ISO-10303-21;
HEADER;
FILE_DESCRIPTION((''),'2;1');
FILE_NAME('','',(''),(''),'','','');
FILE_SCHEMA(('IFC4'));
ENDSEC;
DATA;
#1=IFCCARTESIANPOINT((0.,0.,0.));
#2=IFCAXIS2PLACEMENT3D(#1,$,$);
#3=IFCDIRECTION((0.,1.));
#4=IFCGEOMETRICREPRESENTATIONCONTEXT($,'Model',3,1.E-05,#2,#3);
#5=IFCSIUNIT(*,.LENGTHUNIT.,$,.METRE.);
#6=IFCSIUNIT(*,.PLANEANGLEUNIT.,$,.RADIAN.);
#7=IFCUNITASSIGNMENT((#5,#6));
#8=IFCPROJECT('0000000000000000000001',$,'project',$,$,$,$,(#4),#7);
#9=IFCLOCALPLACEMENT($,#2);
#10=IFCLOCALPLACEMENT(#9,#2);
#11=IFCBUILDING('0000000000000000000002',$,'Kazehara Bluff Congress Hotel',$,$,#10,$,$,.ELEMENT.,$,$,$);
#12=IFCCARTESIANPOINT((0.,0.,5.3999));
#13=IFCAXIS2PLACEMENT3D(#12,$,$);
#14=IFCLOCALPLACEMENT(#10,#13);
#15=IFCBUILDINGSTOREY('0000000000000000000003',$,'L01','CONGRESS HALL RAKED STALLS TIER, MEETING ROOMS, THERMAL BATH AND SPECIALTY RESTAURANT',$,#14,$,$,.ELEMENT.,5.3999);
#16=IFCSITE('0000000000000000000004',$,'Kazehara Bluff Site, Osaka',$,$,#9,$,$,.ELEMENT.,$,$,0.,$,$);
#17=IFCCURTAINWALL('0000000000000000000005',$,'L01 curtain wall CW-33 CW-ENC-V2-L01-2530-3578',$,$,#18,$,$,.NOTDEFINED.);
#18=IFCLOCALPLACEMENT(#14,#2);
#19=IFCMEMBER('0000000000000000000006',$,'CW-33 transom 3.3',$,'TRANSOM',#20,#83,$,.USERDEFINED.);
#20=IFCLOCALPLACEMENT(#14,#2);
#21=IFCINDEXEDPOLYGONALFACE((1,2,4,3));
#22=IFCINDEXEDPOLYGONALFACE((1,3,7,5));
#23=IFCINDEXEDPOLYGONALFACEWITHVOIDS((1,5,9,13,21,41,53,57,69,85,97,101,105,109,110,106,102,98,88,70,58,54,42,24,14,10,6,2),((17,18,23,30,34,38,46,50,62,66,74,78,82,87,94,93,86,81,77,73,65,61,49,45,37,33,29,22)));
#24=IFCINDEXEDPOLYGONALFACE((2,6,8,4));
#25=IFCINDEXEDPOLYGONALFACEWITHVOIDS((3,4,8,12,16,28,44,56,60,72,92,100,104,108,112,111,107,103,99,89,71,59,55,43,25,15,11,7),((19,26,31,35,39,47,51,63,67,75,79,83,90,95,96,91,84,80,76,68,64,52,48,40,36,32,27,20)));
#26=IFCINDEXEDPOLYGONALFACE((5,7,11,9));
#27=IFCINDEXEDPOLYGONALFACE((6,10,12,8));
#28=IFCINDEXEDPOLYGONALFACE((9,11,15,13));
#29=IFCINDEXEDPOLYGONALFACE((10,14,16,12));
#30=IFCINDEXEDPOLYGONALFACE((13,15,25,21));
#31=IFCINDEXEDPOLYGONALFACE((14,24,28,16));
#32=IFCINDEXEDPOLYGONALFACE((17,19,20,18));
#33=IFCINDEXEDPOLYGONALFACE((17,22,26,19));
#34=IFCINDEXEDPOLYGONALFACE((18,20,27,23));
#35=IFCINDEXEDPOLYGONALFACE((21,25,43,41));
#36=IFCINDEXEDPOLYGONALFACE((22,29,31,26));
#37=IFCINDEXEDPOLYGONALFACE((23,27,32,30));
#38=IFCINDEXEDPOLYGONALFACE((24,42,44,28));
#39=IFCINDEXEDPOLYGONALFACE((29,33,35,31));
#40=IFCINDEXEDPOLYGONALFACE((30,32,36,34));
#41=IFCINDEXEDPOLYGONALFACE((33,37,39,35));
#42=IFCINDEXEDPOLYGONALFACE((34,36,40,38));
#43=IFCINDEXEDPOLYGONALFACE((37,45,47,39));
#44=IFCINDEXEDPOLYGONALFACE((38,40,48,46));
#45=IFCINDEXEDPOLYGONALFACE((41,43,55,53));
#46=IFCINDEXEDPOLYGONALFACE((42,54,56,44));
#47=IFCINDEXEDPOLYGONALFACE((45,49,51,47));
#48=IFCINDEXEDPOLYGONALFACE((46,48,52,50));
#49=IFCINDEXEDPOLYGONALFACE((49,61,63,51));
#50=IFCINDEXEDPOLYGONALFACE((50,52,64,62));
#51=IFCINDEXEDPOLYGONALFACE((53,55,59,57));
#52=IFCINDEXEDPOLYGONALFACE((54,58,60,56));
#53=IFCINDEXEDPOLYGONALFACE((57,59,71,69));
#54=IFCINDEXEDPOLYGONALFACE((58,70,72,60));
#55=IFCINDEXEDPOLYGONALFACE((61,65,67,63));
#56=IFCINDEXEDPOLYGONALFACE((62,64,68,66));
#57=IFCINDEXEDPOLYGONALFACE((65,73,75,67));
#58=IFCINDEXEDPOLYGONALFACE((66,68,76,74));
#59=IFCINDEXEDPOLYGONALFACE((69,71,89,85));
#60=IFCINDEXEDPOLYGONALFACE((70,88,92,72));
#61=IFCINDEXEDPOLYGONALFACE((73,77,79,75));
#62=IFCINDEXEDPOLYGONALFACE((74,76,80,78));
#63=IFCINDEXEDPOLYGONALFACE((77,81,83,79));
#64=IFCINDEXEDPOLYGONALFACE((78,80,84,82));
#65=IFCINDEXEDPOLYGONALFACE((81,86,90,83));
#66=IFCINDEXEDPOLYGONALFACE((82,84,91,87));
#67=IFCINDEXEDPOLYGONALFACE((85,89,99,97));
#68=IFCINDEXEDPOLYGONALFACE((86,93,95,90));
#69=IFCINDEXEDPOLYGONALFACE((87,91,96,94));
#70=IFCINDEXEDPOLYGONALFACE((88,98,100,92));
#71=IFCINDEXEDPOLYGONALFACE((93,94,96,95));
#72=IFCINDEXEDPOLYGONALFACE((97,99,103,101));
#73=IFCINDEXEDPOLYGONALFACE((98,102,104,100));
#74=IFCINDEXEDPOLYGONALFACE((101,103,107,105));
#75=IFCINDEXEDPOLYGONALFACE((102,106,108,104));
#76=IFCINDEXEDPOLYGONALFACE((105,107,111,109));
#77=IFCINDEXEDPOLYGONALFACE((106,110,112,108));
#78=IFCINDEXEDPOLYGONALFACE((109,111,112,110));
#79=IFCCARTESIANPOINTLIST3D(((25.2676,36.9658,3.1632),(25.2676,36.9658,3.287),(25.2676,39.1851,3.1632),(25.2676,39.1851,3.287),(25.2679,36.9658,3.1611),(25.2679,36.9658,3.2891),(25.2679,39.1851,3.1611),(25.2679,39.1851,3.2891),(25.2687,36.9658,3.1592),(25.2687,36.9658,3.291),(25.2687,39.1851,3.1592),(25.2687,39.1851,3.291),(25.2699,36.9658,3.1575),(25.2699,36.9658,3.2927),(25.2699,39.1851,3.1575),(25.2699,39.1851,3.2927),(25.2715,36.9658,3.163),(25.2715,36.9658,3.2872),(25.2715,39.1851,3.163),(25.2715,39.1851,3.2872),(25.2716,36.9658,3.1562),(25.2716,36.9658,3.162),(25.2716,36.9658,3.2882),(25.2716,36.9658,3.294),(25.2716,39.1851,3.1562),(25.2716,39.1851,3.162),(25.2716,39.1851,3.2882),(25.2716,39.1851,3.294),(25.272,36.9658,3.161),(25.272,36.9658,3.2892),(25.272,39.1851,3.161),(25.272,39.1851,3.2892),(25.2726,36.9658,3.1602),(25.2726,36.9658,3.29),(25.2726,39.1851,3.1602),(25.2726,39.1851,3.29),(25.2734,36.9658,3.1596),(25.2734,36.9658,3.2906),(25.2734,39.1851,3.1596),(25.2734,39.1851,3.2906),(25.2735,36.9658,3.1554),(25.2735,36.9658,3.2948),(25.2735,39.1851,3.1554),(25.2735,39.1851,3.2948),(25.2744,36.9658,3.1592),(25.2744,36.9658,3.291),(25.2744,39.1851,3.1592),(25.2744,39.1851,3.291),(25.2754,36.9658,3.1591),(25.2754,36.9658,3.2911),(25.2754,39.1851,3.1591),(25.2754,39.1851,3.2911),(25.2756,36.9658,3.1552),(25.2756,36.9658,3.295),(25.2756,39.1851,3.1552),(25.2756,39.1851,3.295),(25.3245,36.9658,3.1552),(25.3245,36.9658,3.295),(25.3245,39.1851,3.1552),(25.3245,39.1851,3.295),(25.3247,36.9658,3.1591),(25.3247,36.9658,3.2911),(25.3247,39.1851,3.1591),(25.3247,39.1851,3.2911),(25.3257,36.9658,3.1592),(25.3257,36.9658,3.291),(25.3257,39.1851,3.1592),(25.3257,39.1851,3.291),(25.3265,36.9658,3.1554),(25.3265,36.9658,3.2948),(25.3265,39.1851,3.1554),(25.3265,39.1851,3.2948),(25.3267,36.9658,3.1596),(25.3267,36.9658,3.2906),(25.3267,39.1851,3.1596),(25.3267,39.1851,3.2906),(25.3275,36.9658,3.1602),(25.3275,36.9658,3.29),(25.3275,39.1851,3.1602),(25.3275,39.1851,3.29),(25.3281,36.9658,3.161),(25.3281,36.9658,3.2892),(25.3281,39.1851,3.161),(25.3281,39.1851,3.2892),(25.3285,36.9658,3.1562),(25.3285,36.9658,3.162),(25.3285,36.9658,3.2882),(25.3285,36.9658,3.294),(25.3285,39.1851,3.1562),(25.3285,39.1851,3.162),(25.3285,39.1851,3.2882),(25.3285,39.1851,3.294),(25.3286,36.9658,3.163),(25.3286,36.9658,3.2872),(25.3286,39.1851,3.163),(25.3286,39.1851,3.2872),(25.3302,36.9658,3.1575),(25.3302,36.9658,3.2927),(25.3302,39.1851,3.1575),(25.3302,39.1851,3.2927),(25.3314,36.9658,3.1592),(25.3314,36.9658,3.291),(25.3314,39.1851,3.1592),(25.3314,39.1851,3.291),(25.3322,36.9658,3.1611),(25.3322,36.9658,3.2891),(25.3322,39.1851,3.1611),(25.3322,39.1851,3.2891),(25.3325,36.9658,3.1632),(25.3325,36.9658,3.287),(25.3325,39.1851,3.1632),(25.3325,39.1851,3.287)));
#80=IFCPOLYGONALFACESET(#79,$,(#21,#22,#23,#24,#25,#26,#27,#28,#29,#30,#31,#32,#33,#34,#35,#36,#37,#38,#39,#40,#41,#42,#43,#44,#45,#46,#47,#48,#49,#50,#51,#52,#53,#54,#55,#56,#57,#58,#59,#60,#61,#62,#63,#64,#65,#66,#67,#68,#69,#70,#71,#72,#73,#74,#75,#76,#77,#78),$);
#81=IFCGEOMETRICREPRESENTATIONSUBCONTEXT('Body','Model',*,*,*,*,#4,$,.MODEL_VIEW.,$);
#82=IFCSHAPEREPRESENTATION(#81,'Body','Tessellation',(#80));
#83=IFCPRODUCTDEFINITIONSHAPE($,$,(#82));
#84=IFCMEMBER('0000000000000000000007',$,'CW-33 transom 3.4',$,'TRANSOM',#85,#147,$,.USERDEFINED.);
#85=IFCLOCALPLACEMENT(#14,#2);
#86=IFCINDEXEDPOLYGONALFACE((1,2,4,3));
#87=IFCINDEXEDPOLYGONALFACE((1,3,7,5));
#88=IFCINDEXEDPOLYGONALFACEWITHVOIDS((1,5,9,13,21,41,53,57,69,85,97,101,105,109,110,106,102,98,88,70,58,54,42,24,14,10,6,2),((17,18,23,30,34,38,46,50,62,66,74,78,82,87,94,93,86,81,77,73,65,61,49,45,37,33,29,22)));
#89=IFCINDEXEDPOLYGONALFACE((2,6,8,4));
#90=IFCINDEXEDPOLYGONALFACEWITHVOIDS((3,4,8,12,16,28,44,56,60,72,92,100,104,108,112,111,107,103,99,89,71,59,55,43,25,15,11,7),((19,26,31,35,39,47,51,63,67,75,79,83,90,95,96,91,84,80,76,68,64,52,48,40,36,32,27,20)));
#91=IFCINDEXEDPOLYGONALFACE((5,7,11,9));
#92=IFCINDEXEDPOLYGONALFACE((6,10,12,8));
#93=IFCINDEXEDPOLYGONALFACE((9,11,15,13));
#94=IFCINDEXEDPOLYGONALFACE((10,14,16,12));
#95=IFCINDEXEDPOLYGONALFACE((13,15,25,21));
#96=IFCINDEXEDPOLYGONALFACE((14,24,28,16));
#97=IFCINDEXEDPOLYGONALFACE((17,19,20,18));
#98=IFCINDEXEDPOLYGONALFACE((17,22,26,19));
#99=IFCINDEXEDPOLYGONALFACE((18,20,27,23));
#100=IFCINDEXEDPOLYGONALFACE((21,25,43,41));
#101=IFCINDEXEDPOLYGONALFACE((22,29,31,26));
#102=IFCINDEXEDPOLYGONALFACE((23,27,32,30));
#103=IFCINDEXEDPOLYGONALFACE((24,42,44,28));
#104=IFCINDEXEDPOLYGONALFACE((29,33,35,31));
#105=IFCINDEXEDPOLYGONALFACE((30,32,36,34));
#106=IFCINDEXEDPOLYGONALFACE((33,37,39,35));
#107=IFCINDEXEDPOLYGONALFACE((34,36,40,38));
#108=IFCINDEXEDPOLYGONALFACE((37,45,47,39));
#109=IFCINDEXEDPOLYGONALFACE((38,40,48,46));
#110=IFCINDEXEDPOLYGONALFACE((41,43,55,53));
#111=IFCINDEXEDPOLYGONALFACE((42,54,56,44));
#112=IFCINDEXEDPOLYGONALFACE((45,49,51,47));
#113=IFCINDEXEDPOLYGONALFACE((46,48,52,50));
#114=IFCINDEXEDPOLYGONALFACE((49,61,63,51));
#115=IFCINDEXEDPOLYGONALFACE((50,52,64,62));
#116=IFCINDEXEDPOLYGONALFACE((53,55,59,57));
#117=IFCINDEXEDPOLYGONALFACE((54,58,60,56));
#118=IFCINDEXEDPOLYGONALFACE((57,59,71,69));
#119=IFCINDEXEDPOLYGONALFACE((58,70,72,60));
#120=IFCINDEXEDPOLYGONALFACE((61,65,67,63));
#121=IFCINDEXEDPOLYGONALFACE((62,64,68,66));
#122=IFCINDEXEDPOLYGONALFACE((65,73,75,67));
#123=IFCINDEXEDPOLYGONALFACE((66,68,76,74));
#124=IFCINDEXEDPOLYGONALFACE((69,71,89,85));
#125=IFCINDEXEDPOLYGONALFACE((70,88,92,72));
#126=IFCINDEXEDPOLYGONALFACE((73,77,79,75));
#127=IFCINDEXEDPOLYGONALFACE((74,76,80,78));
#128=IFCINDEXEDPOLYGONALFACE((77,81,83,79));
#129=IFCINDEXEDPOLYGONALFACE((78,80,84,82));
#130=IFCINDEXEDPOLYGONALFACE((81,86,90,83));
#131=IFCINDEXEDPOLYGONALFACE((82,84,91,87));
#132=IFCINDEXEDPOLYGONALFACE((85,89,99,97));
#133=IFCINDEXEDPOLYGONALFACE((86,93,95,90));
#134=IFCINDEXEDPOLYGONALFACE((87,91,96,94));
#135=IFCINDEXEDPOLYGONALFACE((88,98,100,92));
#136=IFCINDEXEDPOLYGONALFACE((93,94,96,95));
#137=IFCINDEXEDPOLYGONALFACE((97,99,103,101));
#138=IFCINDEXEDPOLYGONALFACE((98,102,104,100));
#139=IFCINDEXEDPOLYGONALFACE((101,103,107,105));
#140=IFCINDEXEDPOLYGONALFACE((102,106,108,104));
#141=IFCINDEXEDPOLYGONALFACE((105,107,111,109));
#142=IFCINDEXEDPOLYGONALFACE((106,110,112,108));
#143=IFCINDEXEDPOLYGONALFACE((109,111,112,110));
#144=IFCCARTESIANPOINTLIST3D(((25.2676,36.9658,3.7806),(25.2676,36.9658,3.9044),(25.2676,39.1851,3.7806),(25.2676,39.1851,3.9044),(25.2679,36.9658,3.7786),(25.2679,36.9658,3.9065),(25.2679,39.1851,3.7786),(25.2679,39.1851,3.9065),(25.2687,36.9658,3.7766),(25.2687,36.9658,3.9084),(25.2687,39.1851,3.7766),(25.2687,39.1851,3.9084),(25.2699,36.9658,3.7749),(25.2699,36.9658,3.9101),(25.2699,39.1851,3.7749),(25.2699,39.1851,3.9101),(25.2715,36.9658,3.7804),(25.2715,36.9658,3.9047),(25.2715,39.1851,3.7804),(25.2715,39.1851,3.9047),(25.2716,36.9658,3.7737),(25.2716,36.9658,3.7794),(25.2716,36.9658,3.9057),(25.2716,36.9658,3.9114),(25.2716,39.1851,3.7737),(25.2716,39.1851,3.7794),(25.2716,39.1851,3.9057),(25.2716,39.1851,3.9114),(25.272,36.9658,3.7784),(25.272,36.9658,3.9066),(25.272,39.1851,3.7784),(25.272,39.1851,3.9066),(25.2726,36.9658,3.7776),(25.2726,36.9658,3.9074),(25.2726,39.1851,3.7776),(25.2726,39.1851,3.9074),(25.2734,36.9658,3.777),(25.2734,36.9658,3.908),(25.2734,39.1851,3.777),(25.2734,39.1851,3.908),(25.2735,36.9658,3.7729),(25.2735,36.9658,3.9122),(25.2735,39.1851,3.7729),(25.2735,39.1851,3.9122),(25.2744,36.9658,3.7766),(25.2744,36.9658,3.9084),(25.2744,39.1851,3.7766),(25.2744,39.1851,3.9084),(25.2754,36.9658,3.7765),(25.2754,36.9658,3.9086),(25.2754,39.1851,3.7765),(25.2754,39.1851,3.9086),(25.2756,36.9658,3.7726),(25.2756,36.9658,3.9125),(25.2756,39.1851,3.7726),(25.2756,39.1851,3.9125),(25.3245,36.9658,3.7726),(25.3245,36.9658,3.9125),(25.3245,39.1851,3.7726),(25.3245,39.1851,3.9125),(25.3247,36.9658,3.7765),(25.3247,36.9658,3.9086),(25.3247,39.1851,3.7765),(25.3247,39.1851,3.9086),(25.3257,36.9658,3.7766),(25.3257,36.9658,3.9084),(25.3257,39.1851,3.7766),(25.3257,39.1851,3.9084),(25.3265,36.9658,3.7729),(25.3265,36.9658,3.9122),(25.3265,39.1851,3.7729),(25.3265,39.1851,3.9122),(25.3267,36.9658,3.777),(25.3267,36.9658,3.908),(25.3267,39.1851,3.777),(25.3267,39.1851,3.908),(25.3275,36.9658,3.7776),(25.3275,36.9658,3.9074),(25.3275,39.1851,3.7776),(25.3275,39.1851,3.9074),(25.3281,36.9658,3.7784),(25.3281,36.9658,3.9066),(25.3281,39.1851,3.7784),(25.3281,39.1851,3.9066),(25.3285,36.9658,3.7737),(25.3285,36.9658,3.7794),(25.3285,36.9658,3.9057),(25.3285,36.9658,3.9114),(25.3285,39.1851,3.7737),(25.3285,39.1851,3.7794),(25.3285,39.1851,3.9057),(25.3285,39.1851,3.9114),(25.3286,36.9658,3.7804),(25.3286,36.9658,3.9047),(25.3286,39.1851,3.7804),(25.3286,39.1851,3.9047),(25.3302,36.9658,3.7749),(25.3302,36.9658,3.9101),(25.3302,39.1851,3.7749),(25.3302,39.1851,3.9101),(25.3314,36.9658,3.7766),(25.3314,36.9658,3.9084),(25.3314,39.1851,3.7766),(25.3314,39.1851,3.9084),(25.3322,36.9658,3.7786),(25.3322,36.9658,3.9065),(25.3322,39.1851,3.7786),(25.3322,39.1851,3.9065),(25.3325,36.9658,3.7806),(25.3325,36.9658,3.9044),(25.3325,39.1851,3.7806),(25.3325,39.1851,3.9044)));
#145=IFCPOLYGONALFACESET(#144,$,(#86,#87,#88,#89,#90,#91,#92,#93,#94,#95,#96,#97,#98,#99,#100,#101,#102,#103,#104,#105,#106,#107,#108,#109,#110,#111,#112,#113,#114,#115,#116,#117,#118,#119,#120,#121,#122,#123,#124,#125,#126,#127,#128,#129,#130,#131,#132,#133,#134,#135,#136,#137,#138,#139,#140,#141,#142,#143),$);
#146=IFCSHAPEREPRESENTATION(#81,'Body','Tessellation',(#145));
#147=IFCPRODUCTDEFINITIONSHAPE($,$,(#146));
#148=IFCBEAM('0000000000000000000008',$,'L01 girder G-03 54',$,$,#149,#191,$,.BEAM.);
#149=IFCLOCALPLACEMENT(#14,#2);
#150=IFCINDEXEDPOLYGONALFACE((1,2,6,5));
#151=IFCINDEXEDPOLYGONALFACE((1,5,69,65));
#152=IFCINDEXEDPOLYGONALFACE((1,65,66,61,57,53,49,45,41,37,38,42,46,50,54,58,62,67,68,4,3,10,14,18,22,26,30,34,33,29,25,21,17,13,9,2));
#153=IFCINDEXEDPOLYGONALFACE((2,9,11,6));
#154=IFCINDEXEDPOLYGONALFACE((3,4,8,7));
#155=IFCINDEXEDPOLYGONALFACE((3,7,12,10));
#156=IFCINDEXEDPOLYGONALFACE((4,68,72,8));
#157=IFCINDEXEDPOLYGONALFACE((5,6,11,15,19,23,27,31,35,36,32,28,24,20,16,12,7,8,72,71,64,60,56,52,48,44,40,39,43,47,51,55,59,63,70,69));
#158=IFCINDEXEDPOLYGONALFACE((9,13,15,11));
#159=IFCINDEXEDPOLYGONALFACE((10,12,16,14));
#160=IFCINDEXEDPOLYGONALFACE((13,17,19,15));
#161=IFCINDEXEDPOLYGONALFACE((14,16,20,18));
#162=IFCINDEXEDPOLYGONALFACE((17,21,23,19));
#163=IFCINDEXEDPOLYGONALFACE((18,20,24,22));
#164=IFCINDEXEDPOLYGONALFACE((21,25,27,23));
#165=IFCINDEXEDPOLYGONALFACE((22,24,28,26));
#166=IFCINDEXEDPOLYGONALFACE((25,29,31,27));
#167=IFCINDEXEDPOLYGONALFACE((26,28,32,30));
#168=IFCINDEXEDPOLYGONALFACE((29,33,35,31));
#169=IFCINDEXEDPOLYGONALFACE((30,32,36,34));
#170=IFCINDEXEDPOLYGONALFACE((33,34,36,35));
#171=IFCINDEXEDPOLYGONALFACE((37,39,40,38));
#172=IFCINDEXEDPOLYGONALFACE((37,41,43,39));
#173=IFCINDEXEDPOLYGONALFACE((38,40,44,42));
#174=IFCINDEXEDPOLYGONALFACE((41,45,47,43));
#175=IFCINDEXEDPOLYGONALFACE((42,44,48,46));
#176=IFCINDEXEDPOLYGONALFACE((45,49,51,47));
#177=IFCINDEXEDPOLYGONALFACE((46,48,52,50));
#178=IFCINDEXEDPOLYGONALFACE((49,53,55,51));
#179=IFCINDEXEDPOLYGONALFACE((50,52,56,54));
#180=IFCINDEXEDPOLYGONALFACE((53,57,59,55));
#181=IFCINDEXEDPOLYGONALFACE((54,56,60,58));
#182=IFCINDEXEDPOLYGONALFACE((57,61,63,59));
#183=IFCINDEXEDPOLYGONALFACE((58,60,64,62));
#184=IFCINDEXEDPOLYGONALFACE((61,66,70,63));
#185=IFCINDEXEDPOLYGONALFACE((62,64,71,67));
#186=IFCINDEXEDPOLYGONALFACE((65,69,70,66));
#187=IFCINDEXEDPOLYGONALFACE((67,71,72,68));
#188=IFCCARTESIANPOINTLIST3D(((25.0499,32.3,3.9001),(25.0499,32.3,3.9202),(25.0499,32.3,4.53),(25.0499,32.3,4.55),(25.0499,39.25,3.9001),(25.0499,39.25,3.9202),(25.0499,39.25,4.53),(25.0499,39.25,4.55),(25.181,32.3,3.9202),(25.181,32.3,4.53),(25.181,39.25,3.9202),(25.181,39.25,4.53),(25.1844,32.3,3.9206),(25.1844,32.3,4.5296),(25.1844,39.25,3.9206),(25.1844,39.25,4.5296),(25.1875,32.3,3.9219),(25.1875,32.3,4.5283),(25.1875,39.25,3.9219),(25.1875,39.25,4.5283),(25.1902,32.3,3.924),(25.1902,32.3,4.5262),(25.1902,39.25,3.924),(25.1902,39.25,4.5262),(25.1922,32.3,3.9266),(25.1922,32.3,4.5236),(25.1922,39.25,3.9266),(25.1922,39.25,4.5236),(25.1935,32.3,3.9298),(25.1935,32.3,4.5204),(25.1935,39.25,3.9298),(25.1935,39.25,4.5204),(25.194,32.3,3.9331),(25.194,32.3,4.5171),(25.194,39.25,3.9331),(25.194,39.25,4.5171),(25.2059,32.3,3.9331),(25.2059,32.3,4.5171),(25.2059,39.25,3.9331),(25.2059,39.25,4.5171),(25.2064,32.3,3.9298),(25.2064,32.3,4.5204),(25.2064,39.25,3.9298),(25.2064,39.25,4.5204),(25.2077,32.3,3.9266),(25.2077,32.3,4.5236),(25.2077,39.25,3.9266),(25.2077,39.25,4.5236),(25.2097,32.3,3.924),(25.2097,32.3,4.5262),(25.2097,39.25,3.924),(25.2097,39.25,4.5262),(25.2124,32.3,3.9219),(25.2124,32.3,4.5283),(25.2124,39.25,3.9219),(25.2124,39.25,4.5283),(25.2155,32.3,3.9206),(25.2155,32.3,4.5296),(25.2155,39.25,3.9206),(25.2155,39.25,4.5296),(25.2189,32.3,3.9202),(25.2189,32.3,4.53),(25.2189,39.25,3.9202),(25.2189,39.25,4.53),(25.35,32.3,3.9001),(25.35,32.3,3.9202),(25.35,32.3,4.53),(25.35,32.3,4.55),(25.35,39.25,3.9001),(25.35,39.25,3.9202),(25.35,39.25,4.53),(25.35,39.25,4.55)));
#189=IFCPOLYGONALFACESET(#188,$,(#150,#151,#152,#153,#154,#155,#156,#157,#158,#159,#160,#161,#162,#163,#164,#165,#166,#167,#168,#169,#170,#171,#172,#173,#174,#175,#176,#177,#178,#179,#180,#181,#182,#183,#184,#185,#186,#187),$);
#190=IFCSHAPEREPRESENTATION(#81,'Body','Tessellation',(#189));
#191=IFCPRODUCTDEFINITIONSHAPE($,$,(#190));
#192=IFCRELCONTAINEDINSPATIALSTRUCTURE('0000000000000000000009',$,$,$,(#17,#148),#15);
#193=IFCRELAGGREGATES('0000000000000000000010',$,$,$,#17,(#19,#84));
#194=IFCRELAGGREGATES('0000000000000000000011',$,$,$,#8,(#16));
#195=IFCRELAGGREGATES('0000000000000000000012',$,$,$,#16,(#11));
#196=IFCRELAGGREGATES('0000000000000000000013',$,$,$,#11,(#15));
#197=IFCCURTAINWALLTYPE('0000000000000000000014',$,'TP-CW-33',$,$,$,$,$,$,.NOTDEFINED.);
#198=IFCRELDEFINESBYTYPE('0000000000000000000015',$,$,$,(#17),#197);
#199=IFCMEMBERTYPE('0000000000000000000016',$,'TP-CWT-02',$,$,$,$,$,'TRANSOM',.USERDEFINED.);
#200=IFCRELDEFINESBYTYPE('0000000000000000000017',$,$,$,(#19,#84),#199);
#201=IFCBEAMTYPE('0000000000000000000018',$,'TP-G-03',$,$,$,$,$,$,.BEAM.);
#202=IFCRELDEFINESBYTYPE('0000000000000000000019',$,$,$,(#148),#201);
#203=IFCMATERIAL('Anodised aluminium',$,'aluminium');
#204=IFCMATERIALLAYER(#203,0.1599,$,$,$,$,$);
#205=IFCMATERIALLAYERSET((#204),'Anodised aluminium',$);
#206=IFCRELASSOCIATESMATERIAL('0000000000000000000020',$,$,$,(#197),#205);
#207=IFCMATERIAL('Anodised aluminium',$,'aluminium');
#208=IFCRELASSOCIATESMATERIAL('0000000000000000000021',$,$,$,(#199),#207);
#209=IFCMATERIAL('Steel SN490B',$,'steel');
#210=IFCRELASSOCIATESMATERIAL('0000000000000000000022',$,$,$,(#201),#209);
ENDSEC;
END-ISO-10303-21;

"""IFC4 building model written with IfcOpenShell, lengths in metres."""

from ifc_helpers import new_model, si_unit, direction, frame, origin, origin_2d, place, context, subcontext, project, spatial, hollow_rectangle, i_section, extrude, material, layer, layer_set, material_profile, profile_set, type_object, element, aggregate, save


model = new_model("IFC4")

# Units and contexts
model_context = context("Model", 3, precision=1e-05, world=origin(), true_north=direction((0.0, 1.0)))
body_context = subcontext(model_context, "Body", "Model", "MODEL_VIEW")
ifc_project = project(units=[si_unit("LENGTHUNIT", "METRE"), si_unit("PLANEANGLEUNIT", "RADIAN")], contexts=[model_context])

# Site, building, storey
site_placement = place(None, origin())
site = spatial("IfcSite", under=ifc_project, at=site_placement, Name="Kazehara Bluff Site, Osaka", CompositionType="ELEMENT", RefElevation=0.0)
building_placement = place(site_placement, origin())
building = spatial("IfcBuilding", under=site, at=building_placement, Name="Kazehara Bluff Congress Hotel", CompositionType="ELEMENT")
storey_placement = place(building_placement, frame((0.0, 0.0, 5.3999)))
storey = spatial("IfcBuildingStorey", under=building, at=storey_placement, Name="L01", Description="CONGRESS HALL RAKED STALLS TIER, MEETING ROOMS, THERMAL BATH AND SPECIALTY RESTAURANT", CompositionType="ELEMENT", Elevation=5.3999)

# Curtain wall
ifc_material_1 = material(Name="Anodised aluminium", Category="aluminium")
ifc_layer_1 = layer(ifc_material_1, 0.1599)
ifc_layer_set_1 = layer_set([ifc_layer_1], Name="Anodised aluminium")
curtain_wall_type_1 = type_object("IfcCurtainWallType", Name="TP-CW-33", PredefinedType="NOTDEFINED", material=ifc_layer_set_1)
curtain_wall_1_placement = place(storey_placement, origin())
curtain_wall_1 = element("IfcCurtainWall", 1, at=curtain_wall_1_placement, inside=storey, type_object=curtain_wall_type_1, Name="L01 curtain wall CW-33 CW-ENC-V2-L01-2530-3578", PredefinedType="NOTDEFINED")

# Members
ifc_material_2 = material(Name="Anodised aluminium", Category="aluminium")
ifc_material_profile_1 = material_profile(ifc_material_2, hollow_rectangle(XDim=0.0649, YDim=0.1399, WallThickness=0.0039, InnerFilletRadius=0.0039, OuterFilletRadius=0.0081, at=origin_2d()))
ifc_profile_set_1 = profile_set([ifc_material_profile_1], Name="Anodised aluminium")
member_type_1 = type_object("IfcMemberType", Name="TP-CWT-02", ElementType="TRANSOM", PredefinedType="USERDEFINED", material=ifc_profile_set_1)
member_1_placement = place(storey_placement, frame((25.3, 36.9658, 3.2251), z_axis=(0.0, 1.0, 0.0), x_axis=(-1.0, 0.0, 0.0)))
member_1 = element("IfcMember", 2, at=member_1_placement, type_object=member_type_1, Name="CW-33 transom 3.3", ObjectType="TRANSOM", PredefinedType="USERDEFINED", context=body_context, shape_type="SweptSolid", body=[
    extrude(hollow_rectangle(XDim=0.0649, YDim=0.1399, WallThickness=0.0039, InnerFilletRadius=0.0039, OuterFilletRadius=0.0081, at=origin_2d()), origin(), (0.0, 0.0, 1.0), 2.2192),
])
member_2_placement = place(storey_placement, frame((25.3, 36.9658, 3.8425), z_axis=(0.0, 1.0, 0.0), x_axis=(-1.0, 0.0, 0.0)))
member_2 = element("IfcMember", 3, at=member_2_placement, type_object=member_type_1, Name="CW-33 transom 3.4", ObjectType="TRANSOM", PredefinedType="USERDEFINED", context=body_context, shape_type="SweptSolid", body=[
    extrude(hollow_rectangle(XDim=0.0649, YDim=0.1399, WallThickness=0.0039, InnerFilletRadius=0.0039, OuterFilletRadius=0.0081, at=origin_2d()), origin(), (0.0, 0.0, 1.0), 2.2192),
])

# Beam
ifc_material_3 = material(Name="Steel SN490B", Category="steel")
ifc_material_profile_2 = material_profile(ifc_material_3, i_section(OverallWidth=0.3, OverallDepth=0.6499, WebThickness=0.012, FlangeThickness=0.02, FilletRadius=0.0129, at=origin_2d()))
ifc_profile_set_2 = profile_set([ifc_material_profile_2], Name="Steel SN490B")
beam_type = type_object("IfcBeamType", Name="TP-G-03", PredefinedType="BEAM", material=ifc_profile_set_2)
beam_placement = place(storey_placement, frame((25.2, 32.3, 4.2251), z_axis=(0.0, 1.0, 0.0), x_axis=(-1.0, 0.0, 0.0)))
element("IfcBeam", 4, at=beam_placement, inside=storey, type_object=beam_type, Name="L01 girder G-03 54", PredefinedType="BEAM", context=body_context, shape_type="SweptSolid", body=[
    extrude(i_section(OverallWidth=0.3, OverallDepth=0.6499, WebThickness=0.012, FlangeThickness=0.02, FilletRadius=0.0129, at=origin_2d()), origin(), (0.0, 0.0, 1.0), 6.95),
])

aggregate(curtain_wall_1, [member_1, member_2])

save(model, "model.ifc")
